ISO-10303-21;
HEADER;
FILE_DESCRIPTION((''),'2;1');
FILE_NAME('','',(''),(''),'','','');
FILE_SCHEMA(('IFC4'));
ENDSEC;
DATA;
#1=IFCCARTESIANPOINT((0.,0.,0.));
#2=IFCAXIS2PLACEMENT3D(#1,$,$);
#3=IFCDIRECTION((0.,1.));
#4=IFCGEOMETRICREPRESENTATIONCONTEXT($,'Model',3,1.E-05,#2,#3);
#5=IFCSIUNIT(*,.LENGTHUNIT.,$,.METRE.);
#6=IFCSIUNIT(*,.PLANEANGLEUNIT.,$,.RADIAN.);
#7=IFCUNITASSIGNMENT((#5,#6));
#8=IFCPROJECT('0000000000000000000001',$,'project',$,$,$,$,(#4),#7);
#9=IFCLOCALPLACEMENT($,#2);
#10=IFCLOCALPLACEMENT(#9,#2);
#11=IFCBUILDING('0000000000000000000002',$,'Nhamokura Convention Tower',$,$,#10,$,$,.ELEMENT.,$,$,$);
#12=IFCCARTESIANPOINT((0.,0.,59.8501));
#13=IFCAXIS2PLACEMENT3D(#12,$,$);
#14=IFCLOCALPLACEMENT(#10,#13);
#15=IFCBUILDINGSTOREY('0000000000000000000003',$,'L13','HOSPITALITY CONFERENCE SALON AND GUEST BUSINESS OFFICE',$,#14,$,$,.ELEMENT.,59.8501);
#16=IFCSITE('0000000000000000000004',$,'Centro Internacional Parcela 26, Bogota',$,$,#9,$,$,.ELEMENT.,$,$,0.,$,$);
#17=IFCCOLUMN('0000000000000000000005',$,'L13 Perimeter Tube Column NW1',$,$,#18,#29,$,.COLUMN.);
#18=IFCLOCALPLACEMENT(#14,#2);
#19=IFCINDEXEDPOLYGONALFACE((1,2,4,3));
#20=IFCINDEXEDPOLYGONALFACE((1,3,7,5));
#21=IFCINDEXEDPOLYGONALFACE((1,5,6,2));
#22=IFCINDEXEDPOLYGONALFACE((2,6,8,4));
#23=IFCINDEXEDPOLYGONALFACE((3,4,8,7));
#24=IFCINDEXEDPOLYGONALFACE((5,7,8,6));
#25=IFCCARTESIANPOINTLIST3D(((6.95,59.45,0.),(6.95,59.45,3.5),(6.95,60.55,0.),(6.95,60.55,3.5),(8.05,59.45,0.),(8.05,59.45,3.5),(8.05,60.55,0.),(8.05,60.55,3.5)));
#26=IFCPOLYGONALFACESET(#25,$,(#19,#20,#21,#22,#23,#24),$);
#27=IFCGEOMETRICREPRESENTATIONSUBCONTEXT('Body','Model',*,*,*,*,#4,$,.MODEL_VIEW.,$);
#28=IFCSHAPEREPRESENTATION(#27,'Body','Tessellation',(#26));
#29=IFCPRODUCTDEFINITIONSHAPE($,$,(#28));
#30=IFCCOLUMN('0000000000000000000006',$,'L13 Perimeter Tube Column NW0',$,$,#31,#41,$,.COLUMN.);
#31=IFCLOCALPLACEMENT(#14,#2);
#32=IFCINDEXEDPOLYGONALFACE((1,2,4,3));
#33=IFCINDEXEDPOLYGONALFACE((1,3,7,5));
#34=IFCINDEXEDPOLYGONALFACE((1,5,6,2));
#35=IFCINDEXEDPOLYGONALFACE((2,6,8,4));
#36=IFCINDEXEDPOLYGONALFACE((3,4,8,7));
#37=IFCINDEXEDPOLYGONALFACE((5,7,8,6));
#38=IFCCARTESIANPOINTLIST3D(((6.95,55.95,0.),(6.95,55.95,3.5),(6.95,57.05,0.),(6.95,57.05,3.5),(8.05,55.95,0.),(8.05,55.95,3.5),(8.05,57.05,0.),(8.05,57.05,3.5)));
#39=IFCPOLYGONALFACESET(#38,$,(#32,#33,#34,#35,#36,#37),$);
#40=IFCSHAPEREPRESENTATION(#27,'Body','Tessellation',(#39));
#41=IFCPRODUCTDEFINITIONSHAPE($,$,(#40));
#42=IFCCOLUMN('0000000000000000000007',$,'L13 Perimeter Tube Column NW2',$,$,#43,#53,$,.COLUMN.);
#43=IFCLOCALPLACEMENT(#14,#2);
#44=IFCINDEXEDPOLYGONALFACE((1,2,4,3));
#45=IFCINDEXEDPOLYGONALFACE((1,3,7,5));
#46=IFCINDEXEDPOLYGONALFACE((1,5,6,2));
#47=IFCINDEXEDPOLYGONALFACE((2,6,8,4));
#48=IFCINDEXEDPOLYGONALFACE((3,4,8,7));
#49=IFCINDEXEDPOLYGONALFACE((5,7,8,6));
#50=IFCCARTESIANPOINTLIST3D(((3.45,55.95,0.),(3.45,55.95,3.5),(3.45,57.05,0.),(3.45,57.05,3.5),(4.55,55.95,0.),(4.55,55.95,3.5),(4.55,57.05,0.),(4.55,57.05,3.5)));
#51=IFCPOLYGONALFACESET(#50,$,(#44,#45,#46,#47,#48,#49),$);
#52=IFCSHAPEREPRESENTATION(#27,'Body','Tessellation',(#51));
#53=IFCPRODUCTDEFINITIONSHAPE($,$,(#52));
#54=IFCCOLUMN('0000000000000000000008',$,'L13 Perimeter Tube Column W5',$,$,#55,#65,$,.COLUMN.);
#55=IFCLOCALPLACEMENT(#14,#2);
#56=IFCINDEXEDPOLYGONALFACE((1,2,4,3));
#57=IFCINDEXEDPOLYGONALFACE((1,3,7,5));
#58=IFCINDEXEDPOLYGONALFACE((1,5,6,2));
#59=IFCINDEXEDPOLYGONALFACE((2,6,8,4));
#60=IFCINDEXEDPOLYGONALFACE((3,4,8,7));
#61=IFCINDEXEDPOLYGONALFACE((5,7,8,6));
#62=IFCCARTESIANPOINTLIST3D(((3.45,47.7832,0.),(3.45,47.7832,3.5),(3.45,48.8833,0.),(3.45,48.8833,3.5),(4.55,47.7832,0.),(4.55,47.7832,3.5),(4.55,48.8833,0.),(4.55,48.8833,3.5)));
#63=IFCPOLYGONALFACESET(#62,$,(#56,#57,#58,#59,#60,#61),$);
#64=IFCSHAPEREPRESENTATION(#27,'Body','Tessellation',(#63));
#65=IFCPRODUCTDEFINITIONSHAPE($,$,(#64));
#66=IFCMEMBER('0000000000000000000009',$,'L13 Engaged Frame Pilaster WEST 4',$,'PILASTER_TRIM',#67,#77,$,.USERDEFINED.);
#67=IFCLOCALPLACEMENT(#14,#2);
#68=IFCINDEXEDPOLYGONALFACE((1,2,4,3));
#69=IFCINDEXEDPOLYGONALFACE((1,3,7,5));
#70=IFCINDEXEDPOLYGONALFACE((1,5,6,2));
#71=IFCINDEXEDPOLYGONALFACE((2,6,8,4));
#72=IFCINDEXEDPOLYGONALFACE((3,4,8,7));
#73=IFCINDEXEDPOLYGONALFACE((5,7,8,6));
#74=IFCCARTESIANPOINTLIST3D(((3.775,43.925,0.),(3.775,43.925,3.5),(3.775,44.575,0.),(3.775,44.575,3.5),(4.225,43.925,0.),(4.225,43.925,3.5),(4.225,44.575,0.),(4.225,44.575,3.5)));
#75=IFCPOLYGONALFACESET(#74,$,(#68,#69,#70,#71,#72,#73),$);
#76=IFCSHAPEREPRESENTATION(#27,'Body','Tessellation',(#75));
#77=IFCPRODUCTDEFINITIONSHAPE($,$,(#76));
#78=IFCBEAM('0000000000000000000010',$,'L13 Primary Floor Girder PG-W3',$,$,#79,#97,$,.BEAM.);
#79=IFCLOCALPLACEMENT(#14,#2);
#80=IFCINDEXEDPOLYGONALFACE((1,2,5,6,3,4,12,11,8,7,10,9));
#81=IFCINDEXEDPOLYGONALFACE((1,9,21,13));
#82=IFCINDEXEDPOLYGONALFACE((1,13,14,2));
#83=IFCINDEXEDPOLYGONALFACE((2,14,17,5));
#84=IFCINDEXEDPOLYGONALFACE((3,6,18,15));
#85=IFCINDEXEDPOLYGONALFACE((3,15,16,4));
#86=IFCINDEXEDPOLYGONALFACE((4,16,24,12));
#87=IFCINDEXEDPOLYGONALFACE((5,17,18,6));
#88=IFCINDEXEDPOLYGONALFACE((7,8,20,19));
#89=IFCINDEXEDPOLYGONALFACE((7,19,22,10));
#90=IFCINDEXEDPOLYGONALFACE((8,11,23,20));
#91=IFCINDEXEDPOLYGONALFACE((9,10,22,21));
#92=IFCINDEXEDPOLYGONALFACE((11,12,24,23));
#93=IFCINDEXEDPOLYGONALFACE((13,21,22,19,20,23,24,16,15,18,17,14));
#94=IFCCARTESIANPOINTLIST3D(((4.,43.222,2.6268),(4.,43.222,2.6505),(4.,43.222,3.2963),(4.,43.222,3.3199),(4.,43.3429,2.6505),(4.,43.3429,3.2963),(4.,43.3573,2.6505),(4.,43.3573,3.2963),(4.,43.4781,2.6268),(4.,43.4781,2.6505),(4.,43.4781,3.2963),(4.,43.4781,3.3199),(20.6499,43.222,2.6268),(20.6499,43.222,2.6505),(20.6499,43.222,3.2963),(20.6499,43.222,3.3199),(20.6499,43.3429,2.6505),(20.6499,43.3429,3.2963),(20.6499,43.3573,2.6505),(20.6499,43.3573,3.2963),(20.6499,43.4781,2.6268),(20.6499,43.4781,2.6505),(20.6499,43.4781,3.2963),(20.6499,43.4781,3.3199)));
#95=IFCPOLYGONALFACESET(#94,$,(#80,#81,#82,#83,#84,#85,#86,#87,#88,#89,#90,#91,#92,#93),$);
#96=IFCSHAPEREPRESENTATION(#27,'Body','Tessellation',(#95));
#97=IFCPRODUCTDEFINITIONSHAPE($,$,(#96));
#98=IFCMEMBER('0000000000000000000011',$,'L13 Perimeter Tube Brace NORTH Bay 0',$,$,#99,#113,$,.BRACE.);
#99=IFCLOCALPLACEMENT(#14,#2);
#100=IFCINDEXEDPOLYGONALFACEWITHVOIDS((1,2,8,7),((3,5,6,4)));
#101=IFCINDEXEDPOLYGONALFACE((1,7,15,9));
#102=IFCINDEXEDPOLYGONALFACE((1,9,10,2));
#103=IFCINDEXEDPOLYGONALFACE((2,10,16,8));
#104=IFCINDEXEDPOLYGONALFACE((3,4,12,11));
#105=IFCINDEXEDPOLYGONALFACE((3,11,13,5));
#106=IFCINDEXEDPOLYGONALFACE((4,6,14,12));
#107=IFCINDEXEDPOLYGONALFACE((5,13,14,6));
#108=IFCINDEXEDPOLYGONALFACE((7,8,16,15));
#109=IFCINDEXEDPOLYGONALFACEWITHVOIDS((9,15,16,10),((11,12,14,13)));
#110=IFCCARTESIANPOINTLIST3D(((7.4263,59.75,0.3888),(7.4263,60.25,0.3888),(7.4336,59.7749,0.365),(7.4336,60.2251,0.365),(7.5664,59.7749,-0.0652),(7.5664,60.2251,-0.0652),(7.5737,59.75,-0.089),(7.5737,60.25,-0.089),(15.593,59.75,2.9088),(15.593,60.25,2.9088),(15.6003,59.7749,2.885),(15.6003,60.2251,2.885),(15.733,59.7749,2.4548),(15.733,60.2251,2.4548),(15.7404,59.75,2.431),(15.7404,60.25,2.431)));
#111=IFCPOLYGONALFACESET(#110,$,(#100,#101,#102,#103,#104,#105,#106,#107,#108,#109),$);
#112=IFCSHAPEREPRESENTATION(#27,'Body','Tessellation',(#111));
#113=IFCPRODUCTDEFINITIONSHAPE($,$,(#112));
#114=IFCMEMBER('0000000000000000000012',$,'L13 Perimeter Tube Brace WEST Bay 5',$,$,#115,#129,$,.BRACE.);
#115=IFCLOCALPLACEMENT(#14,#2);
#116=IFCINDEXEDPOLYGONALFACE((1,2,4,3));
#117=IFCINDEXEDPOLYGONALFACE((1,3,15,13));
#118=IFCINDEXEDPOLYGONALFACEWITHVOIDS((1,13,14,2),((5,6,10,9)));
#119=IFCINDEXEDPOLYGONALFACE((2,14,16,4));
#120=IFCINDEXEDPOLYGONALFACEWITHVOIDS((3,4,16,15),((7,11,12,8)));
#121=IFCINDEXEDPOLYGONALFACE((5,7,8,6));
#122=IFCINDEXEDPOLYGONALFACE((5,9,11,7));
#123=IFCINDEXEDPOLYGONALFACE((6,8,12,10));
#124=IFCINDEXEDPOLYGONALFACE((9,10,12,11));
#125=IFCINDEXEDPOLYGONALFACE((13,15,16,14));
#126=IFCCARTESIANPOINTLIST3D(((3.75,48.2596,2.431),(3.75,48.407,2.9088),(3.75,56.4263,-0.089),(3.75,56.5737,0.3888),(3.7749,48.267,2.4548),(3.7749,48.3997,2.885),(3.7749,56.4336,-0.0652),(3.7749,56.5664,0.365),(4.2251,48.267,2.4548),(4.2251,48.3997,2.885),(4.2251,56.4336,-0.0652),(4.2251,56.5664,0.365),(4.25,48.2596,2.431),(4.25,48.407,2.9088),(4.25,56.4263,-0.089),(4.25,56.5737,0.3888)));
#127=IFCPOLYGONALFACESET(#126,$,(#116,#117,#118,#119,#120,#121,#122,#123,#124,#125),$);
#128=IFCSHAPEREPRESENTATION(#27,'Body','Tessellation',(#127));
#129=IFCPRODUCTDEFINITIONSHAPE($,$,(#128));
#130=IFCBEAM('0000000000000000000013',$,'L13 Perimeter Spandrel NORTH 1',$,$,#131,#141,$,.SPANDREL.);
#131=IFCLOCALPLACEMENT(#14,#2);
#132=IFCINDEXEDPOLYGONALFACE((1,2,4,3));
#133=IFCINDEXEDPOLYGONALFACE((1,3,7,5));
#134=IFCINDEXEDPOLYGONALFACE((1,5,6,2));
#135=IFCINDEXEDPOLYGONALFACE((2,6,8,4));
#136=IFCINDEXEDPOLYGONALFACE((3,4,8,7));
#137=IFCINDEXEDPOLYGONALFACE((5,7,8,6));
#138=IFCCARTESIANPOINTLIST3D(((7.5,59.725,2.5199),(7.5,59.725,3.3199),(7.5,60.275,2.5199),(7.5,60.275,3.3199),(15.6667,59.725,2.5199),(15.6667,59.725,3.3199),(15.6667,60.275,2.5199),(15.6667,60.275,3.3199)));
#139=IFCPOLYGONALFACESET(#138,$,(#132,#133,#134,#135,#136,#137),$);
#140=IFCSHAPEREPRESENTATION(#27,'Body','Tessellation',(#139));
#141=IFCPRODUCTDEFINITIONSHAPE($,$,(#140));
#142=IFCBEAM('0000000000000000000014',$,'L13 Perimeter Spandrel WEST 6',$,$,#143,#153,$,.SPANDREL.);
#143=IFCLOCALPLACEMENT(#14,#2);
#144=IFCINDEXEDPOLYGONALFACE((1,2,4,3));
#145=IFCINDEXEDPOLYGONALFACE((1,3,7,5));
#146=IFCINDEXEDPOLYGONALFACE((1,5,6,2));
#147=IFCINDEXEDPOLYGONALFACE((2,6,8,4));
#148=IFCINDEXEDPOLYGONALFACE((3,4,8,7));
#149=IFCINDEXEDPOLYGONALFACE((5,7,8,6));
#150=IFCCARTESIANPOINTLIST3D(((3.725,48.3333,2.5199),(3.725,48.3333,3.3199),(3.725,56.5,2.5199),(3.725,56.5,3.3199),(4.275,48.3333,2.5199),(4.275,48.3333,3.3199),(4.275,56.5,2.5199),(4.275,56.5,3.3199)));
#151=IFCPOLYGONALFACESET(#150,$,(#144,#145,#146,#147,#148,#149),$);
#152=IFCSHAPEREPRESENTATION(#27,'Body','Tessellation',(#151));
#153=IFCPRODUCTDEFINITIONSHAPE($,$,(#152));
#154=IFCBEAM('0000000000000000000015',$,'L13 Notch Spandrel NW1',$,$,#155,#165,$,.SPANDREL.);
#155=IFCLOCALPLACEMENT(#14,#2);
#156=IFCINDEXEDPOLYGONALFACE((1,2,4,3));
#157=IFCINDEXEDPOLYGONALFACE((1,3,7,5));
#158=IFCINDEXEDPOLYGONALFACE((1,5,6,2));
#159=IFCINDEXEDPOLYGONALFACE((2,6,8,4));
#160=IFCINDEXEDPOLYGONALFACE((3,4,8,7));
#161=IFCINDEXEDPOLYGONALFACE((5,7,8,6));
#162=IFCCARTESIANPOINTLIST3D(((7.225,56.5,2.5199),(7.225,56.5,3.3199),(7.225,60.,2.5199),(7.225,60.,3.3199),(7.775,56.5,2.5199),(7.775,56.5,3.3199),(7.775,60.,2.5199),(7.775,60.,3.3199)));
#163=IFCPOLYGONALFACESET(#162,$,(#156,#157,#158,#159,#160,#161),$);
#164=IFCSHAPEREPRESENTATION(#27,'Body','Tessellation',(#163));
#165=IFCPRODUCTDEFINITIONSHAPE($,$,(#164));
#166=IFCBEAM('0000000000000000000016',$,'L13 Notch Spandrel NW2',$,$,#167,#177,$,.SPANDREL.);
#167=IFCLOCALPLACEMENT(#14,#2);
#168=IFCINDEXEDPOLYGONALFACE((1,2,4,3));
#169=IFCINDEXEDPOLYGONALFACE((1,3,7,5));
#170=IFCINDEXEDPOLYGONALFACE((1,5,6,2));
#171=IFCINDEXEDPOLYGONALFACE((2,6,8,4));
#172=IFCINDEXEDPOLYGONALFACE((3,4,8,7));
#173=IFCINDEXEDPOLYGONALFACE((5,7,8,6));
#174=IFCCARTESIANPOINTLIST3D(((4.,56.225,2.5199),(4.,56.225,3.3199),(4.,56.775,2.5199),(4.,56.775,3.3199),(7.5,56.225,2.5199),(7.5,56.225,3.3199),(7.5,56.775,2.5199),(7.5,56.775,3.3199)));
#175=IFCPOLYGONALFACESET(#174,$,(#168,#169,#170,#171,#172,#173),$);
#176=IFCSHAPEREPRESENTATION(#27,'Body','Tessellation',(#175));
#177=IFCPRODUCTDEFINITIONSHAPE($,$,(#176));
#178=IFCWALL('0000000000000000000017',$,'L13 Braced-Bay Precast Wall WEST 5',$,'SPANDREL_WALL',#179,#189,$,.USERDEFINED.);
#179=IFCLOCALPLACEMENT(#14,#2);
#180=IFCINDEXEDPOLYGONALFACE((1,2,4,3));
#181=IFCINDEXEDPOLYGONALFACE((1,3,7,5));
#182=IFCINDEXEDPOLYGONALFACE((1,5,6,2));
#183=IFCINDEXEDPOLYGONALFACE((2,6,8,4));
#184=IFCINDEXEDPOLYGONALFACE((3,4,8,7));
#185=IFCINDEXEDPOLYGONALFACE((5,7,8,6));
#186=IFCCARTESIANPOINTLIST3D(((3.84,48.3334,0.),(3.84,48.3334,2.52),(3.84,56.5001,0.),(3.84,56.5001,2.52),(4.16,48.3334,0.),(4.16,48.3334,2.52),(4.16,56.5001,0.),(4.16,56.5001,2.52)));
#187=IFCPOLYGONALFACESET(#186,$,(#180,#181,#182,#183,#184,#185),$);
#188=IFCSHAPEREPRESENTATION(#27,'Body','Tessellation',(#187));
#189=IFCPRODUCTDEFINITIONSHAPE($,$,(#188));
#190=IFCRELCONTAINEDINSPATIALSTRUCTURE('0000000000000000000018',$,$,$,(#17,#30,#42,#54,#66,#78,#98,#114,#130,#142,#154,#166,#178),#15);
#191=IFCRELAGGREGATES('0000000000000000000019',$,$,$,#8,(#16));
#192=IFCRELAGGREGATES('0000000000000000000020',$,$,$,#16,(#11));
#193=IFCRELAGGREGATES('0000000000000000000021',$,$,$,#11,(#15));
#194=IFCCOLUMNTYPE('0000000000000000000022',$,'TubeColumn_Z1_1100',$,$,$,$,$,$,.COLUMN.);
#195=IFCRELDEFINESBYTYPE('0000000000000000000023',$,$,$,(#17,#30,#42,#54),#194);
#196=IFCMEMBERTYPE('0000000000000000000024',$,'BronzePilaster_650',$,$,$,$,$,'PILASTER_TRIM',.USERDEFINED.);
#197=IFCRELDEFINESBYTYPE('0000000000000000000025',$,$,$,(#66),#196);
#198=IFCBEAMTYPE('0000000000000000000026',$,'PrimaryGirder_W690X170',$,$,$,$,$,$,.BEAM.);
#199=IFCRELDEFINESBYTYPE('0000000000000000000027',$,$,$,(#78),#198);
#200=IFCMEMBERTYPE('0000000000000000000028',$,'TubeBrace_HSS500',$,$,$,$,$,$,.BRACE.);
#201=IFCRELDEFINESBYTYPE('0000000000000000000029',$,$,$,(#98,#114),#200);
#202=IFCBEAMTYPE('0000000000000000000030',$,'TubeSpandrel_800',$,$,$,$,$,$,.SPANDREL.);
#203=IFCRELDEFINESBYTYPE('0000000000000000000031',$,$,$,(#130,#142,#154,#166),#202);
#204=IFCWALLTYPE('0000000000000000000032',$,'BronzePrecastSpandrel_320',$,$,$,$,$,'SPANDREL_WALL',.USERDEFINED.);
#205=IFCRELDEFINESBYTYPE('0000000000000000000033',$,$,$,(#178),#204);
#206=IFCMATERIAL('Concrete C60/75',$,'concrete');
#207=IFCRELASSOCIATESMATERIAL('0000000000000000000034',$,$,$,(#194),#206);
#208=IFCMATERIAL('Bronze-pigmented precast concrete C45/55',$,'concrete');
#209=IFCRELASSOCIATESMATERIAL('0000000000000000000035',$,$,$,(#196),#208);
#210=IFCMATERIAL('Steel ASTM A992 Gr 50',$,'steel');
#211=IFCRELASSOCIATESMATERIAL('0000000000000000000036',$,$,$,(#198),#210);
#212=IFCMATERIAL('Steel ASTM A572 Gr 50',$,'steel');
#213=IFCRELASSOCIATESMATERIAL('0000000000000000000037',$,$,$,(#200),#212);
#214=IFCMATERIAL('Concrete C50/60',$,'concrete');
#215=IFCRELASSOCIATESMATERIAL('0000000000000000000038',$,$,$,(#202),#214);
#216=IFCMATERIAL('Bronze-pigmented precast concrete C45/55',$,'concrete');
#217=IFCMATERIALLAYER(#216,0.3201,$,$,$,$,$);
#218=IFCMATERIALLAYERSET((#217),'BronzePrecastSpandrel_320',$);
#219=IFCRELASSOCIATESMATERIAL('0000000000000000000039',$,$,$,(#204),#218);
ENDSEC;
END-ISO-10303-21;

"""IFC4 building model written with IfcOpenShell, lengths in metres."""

from ifc_helpers import new_model, si_unit, direction, frame, frame_2d, origin, origin_2d, place, context, subcontext, project, spatial, rectangle, hollow_rectangle, i_section, extrude, material, layer, layer_set, material_profile, profile_set, type_object, element, save


model = new_model("IFC4")

# Units and contexts
model_context = context("Model", 3, precision=1e-05, world=origin(), true_north=direction((0.0, 1.0)))
body_context = subcontext(model_context, "Body", "Model", "MODEL_VIEW")
ifc_project = project(units=[si_unit("LENGTHUNIT", "METRE"), si_unit("PLANEANGLEUNIT", "RADIAN")], contexts=[model_context])

# Site, building, storey
site_placement = place(None, origin())
site = spatial("IfcSite", under=ifc_project, at=site_placement, Name="Centro Internacional Parcela 26, Bogota", CompositionType="ELEMENT", RefElevation=0.0)
building_placement = place(site_placement, origin())
building = spatial("IfcBuilding", under=site, at=building_placement, Name="Nhamokura Convention Tower", CompositionType="ELEMENT")
storey_placement = place(building_placement, frame((0.0, 0.0, 59.8501)))
storey = spatial("IfcBuildingStorey", under=building, at=storey_placement, Name="L13", Description="HOSPITALITY CONFERENCE SALON AND GUEST BUSINESS OFFICE", CompositionType="ELEMENT", Elevation=59.8501)

# Columns
ifc_material_1 = material(Name="Concrete C60/75", Category="concrete")
ifc_material_profile_1 = material_profile(ifc_material_1, rectangle(XDim=1.1001, YDim=1.1001, at=origin_2d()))
ifc_profile_set_1 = profile_set([ifc_material_profile_1], Name="Concrete C60/75")
column_type = type_object("IfcColumnType", Name="TubeColumn_Z1_1100", PredefinedType="COLUMN", material=ifc_profile_set_1)
for number, where, z_axis, x_axis, name in (
    (1, (7.5, 60.0, 0.0), (0.0, 0.0, 1.0), (1.0, 0.0, 0.0), "L13 Perimeter Tube Column NW1"),
    (2, (7.5, 56.5, 0.0), (0.0, 0.0, 1.0), (1.0, 0.0, 0.0), "L13 Perimeter Tube Column NW0"),
    (3, (4.0, 56.5, 0.0), (0.0, 0.0, 1.0), (1.0, 0.0, 0.0), "L13 Perimeter Tube Column NW2"),
    (4, (4.0, 48.3333, 0.0), (0.0, 0.0, 1.0), (1.0, 0.0, 0.0), "L13 Perimeter Tube Column W5"),
):
    element("IfcColumn", number, at=place(storey_placement, frame(where, z_axis=z_axis, x_axis=x_axis)), inside=storey, type_object=column_type, Name=name, PredefinedType="COLUMN", context=body_context, shape_type="SweptSolid", body=[
        extrude(rectangle(XDim=1.1001, YDim=1.1001, at=origin_2d()), origin(), (0.0, 0.0, 1.0), 3.5),
    ])

# Member
ifc_material_2 = material(Name="Bronze-pigmented precast concrete C45/55", Category="concrete")
ifc_material_profile_2 = material_profile(ifc_material_2, rectangle(XDim=0.45, YDim=0.6499, at=origin_2d()))
ifc_profile_set_2 = profile_set([ifc_material_profile_2], Name="Bronze-pigmented precast concrete C45/55")
member_type_1 = type_object("IfcMemberType", Name="BronzePilaster_650", ElementType="PILASTER_TRIM", PredefinedType="USERDEFINED", material=ifc_profile_set_2)
member_placement = place(storey_placement, frame((4.0, 44.25, 0.0), z_axis=(0.0, 0.0, 1.0), x_axis=(1.0, 0.0, 0.0)))
element("IfcMember", 5, at=member_placement, inside=storey, type_object=member_type_1, Name="L13 Engaged Frame Pilaster WEST 4", ObjectType="PILASTER_TRIM", PredefinedType="USERDEFINED", context=body_context, shape_type="SweptSolid", body=[
    extrude(rectangle(XDim=0.45, YDim=0.6499, at=origin_2d()), origin(), (0.0, 0.0, 1.0), 3.5),
])

# Beam
ifc_material_3 = material(Name="Steel ASTM A992 Gr 50", Category="steel")
ifc_material_profile_3 = material_profile(ifc_material_3, i_section(OverallWidth=0.2561, OverallDepth=0.6931, WebThickness=0.0144, FlangeThickness=0.0237, at=origin_2d()))
ifc_profile_set_3 = profile_set([ifc_material_profile_3], Name="Steel ASTM A992 Gr 50")
beam_type_1 = type_object("IfcBeamType", Name="PrimaryGirder_W690X170", PredefinedType="BEAM", material=ifc_profile_set_3)
beam_placement = place(storey_placement, frame((4.0, 43.3501, 2.9734), z_axis=(1.0, 0.0, 0.0), x_axis=(0.0, 1.0, 0.0)))
element("IfcBeam", 6, at=beam_placement, inside=storey, type_object=beam_type_1, Name="L13 Primary Floor Girder PG-W3", PredefinedType="BEAM", context=body_context, shape_type="SweptSolid", body=[
    extrude(i_section(OverallWidth=0.2561, OverallDepth=0.6931, WebThickness=0.0144, FlangeThickness=0.0237, at=origin_2d()), origin(), (0.0, 0.0, 1.0), 16.6499),
])

# Members
ifc_material_4 = material(Name="Steel ASTM A572 Gr 50", Category="steel")
ifc_material_profile_4 = material_profile(ifc_material_4, hollow_rectangle(XDim=0.5, YDim=0.5, WallThickness=0.0249, at=origin_2d()))
ifc_profile_set_4 = profile_set([ifc_material_profile_4], Name="Steel ASTM A572 Gr 50")
member_type_2 = type_object("IfcMemberType", Name="TubeBrace_HSS500", PredefinedType="BRACE", material=ifc_profile_set_4)
for number, where, z_axis, x_axis, name in (
    (7, (7.5, 60.0, 0.1499), (0.955543, 0.0, 0.294853), (0.0, 1.0, 0.0), "L13 Perimeter Tube Brace NORTH Bay 0"),
    (8, (4.0, 56.5, 0.1499), (0.0, -0.955543, 0.294853), (1.0, 0.0, 0.0), "L13 Perimeter Tube Brace WEST Bay 5"),
):
    element("IfcMember", number, at=place(storey_placement, frame(where, z_axis=z_axis, x_axis=x_axis)), inside=storey, type_object=member_type_2, Name=name, PredefinedType="BRACE", context=body_context, shape_type="SweptSolid", body=[
        extrude(hollow_rectangle(XDim=0.5, YDim=0.5, WallThickness=0.0249, at=origin_2d()), origin(), (0.0, 0.0, 1.0), 8.5466),
    ])

# Beams
ifc_material_5 = material(Name="Concrete C50/60", Category="concrete")
ifc_material_profile_5 = material_profile(ifc_material_5, rectangle(XDim=0.55, YDim=0.8, at=origin_2d()))
ifc_profile_set_5 = profile_set([ifc_material_profile_5], Name="Concrete C50/60")
beam_type_2 = type_object("IfcBeamType", Name="TubeSpandrel_800", PredefinedType="SPANDREL", material=ifc_profile_set_5)
for number, where, z_axis, x_axis, name in (
    (9, (7.5, 60.0, 2.9199), (1.0, 0.0, 0.0), (0.0, 1.0, 0.0), "L13 Perimeter Spandrel NORTH 1"),
    (10, (4.0, 48.3333, 2.9199), (0.0, 1.0, 0.0), (-1.0, 0.0, 0.0), "L13 Perimeter Spandrel WEST 6"),
):
    element("IfcBeam", number, at=place(storey_placement, frame(where, z_axis=z_axis, x_axis=x_axis)), inside=storey, type_object=beam_type_2, Name=name, PredefinedType="SPANDREL", context=body_context, shape_type="SweptSolid", body=[
        extrude(rectangle(XDim=0.55, YDim=0.8, at=origin_2d()), origin(), (0.0, 0.0, 1.0), 8.1667),
    ])
for number, where, z_axis, x_axis, name in (
    (11, (7.5, 60.0, 2.9199), (0.0, -1.0, 0.0), (1.0, 0.0, 0.0), "L13 Notch Spandrel NW1"),
    (12, (7.5, 56.5, 2.9199), (-1.0, 0.0, 0.0), (0.0, -1.0, 0.0), "L13 Notch Spandrel NW2"),
):
    element("IfcBeam", number, at=place(storey_placement, frame(where, z_axis=z_axis, x_axis=x_axis)), inside=storey, type_object=beam_type_2, Name=name, PredefinedType="SPANDREL", context=body_context, shape_type="SweptSolid", body=[
        extrude(rectangle(XDim=0.55, YDim=0.8, at=origin_2d()), origin(), (0.0, 0.0, 1.0), 3.5),
    ])

# Wall
ifc_material_6 = material(Name="Bronze-pigmented precast concrete C45/55", Category="concrete")
ifc_layer_1 = layer(ifc_material_6, 0.3201)
ifc_layer_set_1 = layer_set([ifc_layer_1], Name="BronzePrecastSpandrel_320")
wall_type_1 = type_object("IfcWallType", Name="BronzePrecastSpandrel_320", ElementType="SPANDREL_WALL", PredefinedType="USERDEFINED", material=ifc_layer_set_1)
wall_1_placement = place(storey_placement, frame((4.0, 48.3333, 0.0), z_axis=(0.0, 0.0, 1.0), x_axis=(0.0, 1.0, 0.0)))
element("IfcWall", 13, at=wall_1_placement, inside=storey, type_object=wall_type_1, Name="L13 Braced-Bay Precast Wall WEST 5", ObjectType="SPANDREL_WALL", PredefinedType="USERDEFINED", context=body_context, shape_type="SweptSolid", body=[
    extrude(rectangle(XDim=8.1667, YDim=0.3201, at=frame_2d((4.0835, 0.0))), origin(), (0.0, 0.0, 1.0), 2.52),
])

save(model, "model.ifc")
